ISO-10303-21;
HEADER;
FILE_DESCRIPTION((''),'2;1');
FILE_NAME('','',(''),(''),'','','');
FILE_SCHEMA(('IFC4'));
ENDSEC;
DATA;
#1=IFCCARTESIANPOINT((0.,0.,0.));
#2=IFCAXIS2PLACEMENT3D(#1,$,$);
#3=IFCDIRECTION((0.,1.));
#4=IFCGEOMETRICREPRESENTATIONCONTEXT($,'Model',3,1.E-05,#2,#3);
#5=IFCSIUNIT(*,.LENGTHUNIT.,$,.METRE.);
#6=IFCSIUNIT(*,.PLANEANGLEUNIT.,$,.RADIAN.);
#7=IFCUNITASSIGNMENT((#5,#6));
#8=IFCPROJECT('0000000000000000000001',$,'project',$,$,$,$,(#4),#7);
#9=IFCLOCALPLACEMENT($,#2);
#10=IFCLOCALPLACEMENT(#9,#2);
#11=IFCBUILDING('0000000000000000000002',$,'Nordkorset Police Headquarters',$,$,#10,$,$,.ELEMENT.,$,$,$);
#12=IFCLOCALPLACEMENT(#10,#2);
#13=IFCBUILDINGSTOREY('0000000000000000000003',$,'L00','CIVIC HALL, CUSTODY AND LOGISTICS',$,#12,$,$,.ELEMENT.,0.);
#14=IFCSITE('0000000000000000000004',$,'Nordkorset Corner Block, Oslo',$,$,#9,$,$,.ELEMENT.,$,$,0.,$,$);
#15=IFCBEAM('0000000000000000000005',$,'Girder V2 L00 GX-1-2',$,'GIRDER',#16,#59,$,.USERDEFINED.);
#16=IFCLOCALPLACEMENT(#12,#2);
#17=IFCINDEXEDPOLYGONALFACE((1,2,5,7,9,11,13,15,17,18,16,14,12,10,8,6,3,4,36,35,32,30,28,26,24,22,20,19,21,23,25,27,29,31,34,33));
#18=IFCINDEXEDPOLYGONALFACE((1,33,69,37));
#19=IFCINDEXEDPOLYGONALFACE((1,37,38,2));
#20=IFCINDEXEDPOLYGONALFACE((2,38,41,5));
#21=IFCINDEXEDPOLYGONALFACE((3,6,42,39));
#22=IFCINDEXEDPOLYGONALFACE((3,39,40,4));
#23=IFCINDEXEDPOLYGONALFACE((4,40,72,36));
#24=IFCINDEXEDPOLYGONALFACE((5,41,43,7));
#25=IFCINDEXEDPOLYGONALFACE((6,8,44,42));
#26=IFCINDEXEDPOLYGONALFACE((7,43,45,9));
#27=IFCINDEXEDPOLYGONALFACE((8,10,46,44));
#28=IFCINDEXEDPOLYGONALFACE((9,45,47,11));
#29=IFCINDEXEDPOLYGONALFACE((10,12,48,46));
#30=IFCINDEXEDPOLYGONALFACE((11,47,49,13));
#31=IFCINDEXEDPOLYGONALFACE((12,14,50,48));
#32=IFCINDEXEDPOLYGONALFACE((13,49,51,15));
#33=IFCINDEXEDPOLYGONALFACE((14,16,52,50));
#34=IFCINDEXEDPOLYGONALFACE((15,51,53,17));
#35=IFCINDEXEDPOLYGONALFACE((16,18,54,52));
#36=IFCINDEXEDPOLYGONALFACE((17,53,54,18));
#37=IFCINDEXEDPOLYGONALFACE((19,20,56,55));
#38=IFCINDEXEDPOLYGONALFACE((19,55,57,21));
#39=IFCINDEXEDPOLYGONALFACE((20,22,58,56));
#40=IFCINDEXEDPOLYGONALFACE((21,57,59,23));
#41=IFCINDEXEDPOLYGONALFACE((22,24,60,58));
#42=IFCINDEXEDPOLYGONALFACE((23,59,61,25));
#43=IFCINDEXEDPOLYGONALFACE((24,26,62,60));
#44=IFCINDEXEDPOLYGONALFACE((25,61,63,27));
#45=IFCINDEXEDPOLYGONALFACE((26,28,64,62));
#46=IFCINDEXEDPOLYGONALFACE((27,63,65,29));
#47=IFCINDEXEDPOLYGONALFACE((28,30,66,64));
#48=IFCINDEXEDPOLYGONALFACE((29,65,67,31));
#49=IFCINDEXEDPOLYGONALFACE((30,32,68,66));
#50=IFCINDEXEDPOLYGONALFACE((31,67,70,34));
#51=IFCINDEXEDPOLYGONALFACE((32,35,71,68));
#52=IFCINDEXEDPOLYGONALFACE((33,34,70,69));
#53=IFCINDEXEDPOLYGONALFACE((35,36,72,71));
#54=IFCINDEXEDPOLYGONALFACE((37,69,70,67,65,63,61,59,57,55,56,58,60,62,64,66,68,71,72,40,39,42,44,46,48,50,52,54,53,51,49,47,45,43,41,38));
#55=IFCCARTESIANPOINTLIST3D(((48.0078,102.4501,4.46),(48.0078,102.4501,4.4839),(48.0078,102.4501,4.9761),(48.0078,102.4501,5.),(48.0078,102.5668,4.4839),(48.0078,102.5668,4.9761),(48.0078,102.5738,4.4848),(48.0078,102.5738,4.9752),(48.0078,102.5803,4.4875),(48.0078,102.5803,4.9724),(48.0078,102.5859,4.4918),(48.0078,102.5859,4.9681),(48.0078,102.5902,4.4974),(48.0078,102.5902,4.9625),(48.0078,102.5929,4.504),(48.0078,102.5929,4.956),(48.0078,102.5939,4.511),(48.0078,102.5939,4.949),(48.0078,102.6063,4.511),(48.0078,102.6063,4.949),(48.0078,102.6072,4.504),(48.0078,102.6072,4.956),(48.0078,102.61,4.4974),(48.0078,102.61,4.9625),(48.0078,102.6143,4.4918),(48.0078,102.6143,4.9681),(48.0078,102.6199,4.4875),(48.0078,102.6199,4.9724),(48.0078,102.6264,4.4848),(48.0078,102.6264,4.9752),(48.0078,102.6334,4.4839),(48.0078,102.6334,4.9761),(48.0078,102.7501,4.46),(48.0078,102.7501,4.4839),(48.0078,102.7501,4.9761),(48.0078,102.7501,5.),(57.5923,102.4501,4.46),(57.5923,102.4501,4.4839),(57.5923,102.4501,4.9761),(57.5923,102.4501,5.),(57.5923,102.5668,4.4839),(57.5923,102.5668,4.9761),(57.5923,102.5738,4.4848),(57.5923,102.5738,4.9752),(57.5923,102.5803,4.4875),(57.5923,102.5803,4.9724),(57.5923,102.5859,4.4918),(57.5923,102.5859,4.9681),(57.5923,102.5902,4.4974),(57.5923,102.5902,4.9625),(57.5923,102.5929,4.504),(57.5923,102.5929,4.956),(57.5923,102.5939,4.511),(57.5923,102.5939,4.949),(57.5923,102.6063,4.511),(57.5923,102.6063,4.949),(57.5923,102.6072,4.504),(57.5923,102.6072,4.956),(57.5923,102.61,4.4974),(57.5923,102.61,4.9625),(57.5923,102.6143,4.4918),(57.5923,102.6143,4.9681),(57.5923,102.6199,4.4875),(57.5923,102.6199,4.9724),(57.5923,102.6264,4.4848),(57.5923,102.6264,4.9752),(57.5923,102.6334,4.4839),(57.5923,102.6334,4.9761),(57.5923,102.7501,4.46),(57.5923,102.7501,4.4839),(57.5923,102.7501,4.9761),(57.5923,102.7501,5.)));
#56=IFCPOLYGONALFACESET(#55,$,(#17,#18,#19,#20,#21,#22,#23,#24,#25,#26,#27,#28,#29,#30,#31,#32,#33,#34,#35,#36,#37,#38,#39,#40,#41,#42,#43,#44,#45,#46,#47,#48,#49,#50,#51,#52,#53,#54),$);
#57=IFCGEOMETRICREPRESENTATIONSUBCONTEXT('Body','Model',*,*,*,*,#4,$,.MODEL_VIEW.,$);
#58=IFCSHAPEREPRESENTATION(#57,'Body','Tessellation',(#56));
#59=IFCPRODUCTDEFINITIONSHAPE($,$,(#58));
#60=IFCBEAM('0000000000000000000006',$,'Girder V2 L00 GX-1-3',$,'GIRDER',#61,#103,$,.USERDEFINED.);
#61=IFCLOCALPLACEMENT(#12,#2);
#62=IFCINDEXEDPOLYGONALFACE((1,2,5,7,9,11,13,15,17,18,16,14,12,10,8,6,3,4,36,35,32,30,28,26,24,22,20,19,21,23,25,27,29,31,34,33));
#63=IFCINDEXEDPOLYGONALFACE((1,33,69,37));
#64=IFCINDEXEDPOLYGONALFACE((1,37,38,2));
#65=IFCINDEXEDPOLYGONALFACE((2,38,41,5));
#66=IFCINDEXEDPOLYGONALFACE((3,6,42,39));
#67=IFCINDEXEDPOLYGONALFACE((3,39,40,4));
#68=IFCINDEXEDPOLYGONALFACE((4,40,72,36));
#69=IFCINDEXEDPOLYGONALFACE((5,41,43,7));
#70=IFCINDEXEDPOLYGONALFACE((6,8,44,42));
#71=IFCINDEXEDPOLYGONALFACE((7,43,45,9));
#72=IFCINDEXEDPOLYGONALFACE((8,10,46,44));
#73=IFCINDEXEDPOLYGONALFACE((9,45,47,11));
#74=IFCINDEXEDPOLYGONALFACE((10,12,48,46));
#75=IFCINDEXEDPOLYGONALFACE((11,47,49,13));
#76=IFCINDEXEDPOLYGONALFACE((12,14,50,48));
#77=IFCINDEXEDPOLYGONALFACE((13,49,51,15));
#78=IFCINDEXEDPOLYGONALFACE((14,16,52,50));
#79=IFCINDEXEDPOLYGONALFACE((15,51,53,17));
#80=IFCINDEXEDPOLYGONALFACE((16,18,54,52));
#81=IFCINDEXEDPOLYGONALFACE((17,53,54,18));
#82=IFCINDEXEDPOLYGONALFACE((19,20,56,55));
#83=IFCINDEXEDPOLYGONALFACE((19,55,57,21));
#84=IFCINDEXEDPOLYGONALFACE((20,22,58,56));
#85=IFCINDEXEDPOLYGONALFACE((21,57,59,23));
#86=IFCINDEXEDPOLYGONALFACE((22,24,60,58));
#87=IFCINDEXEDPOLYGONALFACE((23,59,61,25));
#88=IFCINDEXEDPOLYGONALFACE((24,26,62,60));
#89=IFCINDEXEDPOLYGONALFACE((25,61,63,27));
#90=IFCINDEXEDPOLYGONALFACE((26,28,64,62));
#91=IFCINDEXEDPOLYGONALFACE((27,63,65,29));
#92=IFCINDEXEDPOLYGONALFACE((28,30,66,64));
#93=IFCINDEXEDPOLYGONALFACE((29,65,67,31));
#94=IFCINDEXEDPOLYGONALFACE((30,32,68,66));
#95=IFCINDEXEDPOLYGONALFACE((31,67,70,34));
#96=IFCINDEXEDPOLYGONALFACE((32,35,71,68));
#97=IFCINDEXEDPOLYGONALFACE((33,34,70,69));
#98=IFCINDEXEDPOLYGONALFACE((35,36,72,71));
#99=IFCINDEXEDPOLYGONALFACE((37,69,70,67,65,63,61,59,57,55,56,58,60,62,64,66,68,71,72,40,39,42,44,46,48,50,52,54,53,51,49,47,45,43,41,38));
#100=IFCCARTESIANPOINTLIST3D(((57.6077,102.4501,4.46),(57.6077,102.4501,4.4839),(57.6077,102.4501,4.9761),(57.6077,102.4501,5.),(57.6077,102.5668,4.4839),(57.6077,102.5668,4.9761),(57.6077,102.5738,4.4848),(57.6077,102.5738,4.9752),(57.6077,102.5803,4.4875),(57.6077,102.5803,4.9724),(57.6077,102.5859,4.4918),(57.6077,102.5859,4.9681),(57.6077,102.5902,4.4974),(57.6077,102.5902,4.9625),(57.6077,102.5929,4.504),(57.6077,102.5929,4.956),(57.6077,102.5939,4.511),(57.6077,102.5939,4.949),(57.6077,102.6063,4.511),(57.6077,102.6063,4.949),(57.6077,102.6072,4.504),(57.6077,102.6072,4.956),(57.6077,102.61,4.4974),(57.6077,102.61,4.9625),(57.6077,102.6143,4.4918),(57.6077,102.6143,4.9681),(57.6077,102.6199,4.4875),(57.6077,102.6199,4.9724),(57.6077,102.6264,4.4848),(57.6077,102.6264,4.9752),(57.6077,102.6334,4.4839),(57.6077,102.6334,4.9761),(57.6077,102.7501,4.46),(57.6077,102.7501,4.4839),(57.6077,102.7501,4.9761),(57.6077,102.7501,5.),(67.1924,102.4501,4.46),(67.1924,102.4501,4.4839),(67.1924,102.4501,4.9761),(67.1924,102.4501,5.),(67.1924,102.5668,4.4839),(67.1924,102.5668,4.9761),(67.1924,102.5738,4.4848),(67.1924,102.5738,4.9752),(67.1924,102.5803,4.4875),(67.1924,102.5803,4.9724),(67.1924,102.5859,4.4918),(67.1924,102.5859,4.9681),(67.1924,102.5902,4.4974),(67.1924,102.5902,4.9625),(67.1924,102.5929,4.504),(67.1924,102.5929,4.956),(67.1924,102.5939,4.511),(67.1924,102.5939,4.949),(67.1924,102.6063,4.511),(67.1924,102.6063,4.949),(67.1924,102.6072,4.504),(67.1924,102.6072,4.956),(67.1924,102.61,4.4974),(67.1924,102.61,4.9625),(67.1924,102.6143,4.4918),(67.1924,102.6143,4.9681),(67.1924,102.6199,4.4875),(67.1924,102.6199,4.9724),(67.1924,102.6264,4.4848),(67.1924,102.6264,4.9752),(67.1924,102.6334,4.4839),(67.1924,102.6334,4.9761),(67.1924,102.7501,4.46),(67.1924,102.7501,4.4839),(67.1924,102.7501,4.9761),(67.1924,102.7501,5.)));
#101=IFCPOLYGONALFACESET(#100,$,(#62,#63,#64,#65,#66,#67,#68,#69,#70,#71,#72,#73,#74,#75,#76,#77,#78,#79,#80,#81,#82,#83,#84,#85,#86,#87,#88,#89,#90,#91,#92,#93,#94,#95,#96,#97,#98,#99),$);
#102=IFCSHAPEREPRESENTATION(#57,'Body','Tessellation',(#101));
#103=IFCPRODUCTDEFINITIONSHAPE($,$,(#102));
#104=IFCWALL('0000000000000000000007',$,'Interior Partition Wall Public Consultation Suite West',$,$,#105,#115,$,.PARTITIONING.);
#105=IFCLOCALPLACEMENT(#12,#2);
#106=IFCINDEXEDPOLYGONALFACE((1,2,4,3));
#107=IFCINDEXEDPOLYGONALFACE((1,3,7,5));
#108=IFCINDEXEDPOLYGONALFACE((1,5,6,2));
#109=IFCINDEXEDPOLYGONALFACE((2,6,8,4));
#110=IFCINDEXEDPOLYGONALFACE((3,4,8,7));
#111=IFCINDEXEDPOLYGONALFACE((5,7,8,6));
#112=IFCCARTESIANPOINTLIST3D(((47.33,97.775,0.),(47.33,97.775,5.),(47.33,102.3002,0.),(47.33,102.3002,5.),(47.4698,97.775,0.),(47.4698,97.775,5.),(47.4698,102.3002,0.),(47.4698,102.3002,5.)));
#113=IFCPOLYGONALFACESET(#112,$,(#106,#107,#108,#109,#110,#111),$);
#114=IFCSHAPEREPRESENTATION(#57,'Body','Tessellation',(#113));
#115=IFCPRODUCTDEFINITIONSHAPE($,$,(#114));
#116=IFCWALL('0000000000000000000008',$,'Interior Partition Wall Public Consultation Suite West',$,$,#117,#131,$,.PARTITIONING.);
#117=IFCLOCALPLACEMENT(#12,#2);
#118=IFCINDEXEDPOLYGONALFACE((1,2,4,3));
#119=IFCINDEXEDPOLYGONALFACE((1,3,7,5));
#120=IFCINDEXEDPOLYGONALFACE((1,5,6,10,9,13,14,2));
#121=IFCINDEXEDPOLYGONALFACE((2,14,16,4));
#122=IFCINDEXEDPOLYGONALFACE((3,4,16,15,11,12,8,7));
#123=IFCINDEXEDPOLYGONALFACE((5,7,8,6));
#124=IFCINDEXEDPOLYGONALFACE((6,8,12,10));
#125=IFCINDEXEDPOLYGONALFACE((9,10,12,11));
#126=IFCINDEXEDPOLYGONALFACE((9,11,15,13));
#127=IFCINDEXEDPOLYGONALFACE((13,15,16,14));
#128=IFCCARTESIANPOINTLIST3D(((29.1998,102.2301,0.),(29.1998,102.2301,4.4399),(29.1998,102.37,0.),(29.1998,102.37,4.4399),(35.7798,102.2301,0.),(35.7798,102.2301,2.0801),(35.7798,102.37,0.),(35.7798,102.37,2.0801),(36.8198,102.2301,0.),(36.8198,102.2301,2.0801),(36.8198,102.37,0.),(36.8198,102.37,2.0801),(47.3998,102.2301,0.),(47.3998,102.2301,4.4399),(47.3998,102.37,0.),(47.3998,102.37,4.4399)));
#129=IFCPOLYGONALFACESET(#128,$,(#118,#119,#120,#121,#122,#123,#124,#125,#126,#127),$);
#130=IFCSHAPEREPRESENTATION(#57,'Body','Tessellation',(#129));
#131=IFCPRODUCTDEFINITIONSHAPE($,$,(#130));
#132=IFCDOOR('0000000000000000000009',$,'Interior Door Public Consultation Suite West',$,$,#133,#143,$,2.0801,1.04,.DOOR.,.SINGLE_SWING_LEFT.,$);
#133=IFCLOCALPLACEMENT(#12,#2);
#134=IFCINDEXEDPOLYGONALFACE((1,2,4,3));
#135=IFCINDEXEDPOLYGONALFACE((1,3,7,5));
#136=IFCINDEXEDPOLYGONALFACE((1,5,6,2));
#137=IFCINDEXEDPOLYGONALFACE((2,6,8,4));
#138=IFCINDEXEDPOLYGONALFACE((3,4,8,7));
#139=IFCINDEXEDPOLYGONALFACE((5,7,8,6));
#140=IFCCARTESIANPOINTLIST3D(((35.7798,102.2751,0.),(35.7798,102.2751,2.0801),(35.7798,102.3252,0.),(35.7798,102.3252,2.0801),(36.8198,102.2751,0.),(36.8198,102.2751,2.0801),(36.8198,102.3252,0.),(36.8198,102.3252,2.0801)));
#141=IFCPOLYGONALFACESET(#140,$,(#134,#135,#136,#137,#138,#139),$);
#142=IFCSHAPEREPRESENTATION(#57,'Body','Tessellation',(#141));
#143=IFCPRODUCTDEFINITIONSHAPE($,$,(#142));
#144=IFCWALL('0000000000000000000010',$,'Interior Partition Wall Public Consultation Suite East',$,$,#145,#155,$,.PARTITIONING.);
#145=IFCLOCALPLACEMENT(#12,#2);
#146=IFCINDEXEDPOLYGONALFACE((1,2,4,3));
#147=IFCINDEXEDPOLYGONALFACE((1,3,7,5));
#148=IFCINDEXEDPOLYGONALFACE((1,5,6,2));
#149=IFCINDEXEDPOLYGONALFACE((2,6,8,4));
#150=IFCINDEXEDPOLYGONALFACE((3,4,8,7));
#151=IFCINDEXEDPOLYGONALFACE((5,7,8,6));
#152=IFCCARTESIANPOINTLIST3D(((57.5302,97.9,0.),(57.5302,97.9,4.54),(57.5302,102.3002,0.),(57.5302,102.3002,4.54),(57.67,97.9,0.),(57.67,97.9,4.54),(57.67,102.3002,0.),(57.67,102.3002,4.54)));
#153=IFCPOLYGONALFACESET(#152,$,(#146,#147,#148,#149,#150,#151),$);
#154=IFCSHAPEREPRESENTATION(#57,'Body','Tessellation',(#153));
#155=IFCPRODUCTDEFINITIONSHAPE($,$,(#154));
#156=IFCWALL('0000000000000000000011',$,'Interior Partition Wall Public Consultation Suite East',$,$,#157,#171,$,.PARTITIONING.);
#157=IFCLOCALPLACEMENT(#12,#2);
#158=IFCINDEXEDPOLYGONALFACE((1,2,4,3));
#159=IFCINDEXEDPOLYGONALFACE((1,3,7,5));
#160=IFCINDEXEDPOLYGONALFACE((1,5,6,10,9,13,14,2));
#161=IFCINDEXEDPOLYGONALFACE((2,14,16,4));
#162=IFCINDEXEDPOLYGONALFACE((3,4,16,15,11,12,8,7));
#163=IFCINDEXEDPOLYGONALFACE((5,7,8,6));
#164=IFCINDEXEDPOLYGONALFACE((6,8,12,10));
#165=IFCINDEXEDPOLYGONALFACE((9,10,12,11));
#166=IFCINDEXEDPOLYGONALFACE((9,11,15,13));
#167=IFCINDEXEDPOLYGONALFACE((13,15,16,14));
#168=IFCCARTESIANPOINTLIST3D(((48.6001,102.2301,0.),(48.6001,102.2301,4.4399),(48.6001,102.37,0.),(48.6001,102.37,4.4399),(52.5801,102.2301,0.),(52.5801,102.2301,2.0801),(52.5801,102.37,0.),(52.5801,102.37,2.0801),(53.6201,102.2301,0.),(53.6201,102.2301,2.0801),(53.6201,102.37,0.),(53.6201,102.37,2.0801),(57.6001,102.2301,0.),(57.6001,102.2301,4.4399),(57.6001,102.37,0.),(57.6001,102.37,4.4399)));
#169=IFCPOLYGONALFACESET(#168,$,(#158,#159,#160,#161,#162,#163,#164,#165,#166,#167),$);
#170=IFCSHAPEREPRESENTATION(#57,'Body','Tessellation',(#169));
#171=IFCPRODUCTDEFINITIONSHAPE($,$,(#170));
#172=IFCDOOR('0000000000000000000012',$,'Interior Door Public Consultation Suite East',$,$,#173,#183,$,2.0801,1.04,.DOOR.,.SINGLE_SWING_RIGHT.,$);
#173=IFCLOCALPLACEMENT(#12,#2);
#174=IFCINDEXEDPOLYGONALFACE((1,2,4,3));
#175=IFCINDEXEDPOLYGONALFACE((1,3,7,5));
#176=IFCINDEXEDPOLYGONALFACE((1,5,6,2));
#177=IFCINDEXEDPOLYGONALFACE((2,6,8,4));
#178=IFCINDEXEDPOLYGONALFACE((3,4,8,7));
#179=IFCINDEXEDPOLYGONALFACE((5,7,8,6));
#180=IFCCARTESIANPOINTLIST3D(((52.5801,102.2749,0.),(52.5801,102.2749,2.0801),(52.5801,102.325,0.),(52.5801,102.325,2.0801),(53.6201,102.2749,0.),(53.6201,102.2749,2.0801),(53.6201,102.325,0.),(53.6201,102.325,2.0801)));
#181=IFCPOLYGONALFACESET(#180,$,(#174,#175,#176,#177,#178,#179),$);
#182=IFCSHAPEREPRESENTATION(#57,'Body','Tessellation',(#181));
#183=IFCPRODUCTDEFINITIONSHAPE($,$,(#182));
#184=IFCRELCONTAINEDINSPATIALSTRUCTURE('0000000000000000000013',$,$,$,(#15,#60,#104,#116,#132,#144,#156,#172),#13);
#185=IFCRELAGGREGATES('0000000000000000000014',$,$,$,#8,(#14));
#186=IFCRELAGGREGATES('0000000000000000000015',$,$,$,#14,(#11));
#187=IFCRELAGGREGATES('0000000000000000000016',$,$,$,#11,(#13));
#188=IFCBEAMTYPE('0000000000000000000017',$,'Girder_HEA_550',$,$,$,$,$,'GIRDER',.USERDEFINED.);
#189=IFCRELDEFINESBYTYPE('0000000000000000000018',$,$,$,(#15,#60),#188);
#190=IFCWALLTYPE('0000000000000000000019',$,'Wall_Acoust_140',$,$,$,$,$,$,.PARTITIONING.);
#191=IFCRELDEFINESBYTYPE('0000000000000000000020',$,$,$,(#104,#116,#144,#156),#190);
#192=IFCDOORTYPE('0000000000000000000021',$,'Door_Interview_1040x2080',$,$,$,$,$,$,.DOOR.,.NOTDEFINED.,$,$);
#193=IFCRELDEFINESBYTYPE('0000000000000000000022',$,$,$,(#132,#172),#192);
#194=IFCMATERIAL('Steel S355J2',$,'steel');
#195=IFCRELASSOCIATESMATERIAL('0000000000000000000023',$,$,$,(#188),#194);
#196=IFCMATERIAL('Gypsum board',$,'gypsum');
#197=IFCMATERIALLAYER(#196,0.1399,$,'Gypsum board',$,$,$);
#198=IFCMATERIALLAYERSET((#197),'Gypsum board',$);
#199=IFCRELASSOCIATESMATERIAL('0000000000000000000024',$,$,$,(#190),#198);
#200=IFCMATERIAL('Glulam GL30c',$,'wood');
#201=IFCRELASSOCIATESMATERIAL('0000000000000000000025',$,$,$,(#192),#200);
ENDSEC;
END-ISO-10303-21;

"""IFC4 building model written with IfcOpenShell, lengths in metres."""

from ifc_helpers import new_model, si_unit, direction, frame, frame_2d, origin, origin_2d, place, context, subcontext, project, spatial, rectangle, i_section, extrude, material, layer, layer_set, material_profile, profile_set, type_object, element, fill, save


model = new_model("IFC4")

# Units and contexts
model_context = context("Model", 3, precision=1e-05, world=origin(), true_north=direction((0.0, 1.0)))
body_context = subcontext(model_context, "Body", "Model", "MODEL_VIEW")
ifc_project = project(units=[si_unit("LENGTHUNIT", "METRE"), si_unit("PLANEANGLEUNIT", "RADIAN")], contexts=[model_context])

# Site, building, storey
site_placement = place(None, origin())
site = spatial("IfcSite", under=ifc_project, at=site_placement, Name="Nordkorset Corner Block, Oslo", CompositionType="ELEMENT", RefElevation=0.0)
building_placement = place(site_placement, origin())
building = spatial("IfcBuilding", under=site, at=building_placement, Name="Nordkorset Police Headquarters", CompositionType="ELEMENT")
storey_placement = place(building_placement, origin())
storey = spatial("IfcBuildingStorey", under=building, at=storey_placement, Name="L00", Description="CIVIC HALL, CUSTODY AND LOGISTICS", CompositionType="ELEMENT", Elevation=0.0)

# Beams
ifc_material_1 = material(Name="Steel S355J2", Category="steel")
ifc_material_profile_1 = material_profile(ifc_material_1, i_section(OverallWidth=0.3, OverallDepth=0.54, WebThickness=0.0125, FlangeThickness=0.0239, FilletRadius=0.0271, at=origin_2d()), Name="HEA 550")
ifc_profile_set_1 = profile_set([ifc_material_profile_1], Name="Steel S355J2")
beam_type_1 = type_object("IfcBeamType", Name="Girder_HEA_550", ElementType="GIRDER", PredefinedType="USERDEFINED", material=ifc_profile_set_1)
beam_1_placement = place(storey_placement, frame((48.0078, 102.6001, 4.73), z_axis=(1.0, 0.0, 0.0), x_axis=(0.0, 1.0, 0.0)))
element("IfcBeam", 1, at=beam_1_placement, inside=storey, type_object=beam_type_1, Name="Girder V2 L00 GX-1-2", ObjectType="GIRDER", PredefinedType="USERDEFINED", context=body_context, shape_type="SweptSolid", body=[
    extrude(i_section(OverallWidth=0.3, OverallDepth=0.54, WebThickness=0.0125, FlangeThickness=0.0239, FilletRadius=0.0271, at=origin_2d()), origin(), (0.0, 0.0, 1.0), 9.5845),
])
beam_2_placement = place(storey_placement, frame((57.6077, 102.6001, 4.73), z_axis=(1.0, 0.0, 0.0), x_axis=(0.0, 1.0, 0.0)))
element("IfcBeam", 2, at=beam_2_placement, inside=storey, type_object=beam_type_1, Name="Girder V2 L00 GX-1-3", ObjectType="GIRDER", PredefinedType="USERDEFINED", context=body_context, shape_type="SweptSolid", body=[
    extrude(i_section(OverallWidth=0.3, OverallDepth=0.54, WebThickness=0.0125, FlangeThickness=0.0239, FilletRadius=0.0271, at=origin_2d()), origin(), (0.0, 0.0, 1.0), 9.5847),
])

# Wall
ifc_material_2 = material(Name="Gypsum board", Category="gypsum")
ifc_layer_1 = layer(ifc_material_2, 0.1399, Name="Gypsum board")
ifc_layer_set_1 = layer_set([ifc_layer_1], Name="Gypsum board")
wall_type_1 = type_object("IfcWallType", Name="Wall_Acoust_140", PredefinedType="PARTITIONING", material=ifc_layer_set_1)
wall_1_placement = place(storey_placement, frame((47.3999, 97.7749, 0.0), z_axis=(0.0, 0.0, 1.0), x_axis=(0.0, 1.0, 0.0)))
element("IfcWall", 3, at=wall_1_placement, inside=storey, type_object=wall_type_1, Name="Interior Partition Wall Public Consultation Suite West", PredefinedType="PARTITIONING", context=body_context, shape_type="SweptSolid", body=[
    extrude(rectangle(XDim=4.5251, YDim=0.1399, at=frame_2d((2.2627, 0.0))), origin(), (0.0, 0.0, 1.0), 5.0),
])

# Wall, opening, door
wall_2_placement = place(storey_placement, frame((47.3999, 102.3, 0.0), z_axis=(0.0, 0.0, 1.0), x_axis=(-1.0, 0.0, 0.0)))
wall_2 = element("IfcWall", 4, at=wall_2_placement, inside=storey, type_object=wall_type_1, Name="Interior Partition Wall Public Consultation Suite West", PredefinedType="PARTITIONING", context=body_context, shape_type="SweptSolid", body=[
    extrude(rectangle(XDim=18.2, YDim=0.1399, at=frame_2d((9.1001, 0.0))), origin(), (0.0, 0.0, 1.0), 4.4399),
])
opening_1_placement = place(wall_2_placement, frame((10.5801, 0.0, 0.0)))
opening_1 = element("IfcOpeningElement", 5, at=opening_1_placement, cuts=wall_2, PredefinedType="OPENING", context=body_context, shape_type="SweptSolid", body=[
    extrude(rectangle(XDim=1.04, YDim=2.0801, at=frame_2d((0.52, 1.04))), frame((0.0, 0.0801, 0.0), z_axis=(0.0, -1.0, 0.0), x_axis=(1.0, 0.0, 0.0)), (0.0, 0.0, 1.0), 0.1599),
])
ifc_material_3 = material(Name="Glulam GL30c", Category="wood")
door_type_1 = type_object("IfcDoorType", Name="Door_Interview_1040x2080", OperationType="NOTDEFINED", PredefinedType="DOOR", material=ifc_material_3)
door_1_placement = place(opening_1_placement, origin())
door_1 = element("IfcDoor", 6, at=door_1_placement, inside=storey, type_object=door_type_1, Name="Interior Door Public Consultation Suite West", OperationType="SINGLE_SWING_LEFT", OverallHeight=2.0801, OverallWidth=1.04, PredefinedType="DOOR", context=body_context, shape_type="SweptSolid", body=[
    extrude(rectangle(XDim=1.04, YDim=2.0801, at=frame_2d((0.52, 1.04))), frame((0.0, 0.0249, 0.0), z_axis=(0.0, -1.0, 0.0), x_axis=(1.0, 0.0, 0.0)), (0.0, 0.0, 1.0), 0.05),
])
fill(opening_1, door_1)

# Wall
wall_3_placement = place(storey_placement, frame((57.6001, 97.8999, 0.0), z_axis=(0.0, 0.0, 1.0), x_axis=(0.0, 1.0, 0.0)))
element("IfcWall", 7, at=wall_3_placement, inside=storey, type_object=wall_type_1, Name="Interior Partition Wall Public Consultation Suite East", PredefinedType="PARTITIONING", context=body_context, shape_type="SweptSolid", body=[
    extrude(rectangle(XDim=4.4001, YDim=0.1399, at=frame_2d((2.2002, 0.0))), origin(), (0.0, 0.0, 1.0), 4.54),
])

# Wall, opening, door
wall_4_placement = place(storey_placement, frame((57.6001, 102.3, 0.0), z_axis=(0.0, 0.0, 1.0), x_axis=(-1.0, 0.0, 0.0)))
wall_4 = element("IfcWall", 8, at=wall_4_placement, inside=storey, type_object=wall_type_1, Name="Interior Partition Wall Public Consultation Suite East", PredefinedType="PARTITIONING", context=body_context, shape_type="SweptSolid", body=[
    extrude(rectangle(XDim=9.0, YDim=0.1399, at=frame_2d((4.5, 0.0))), origin(), (0.0, 0.0, 1.0), 4.4399),
])
opening_2_placement = place(wall_4_placement, frame((3.98, 0.0, 0.0)))
opening_2 = element("IfcOpeningElement", 9, at=opening_2_placement, cuts=wall_4, PredefinedType="OPENING", context=body_context, shape_type="SweptSolid", body=[
    extrude(rectangle(XDim=1.04, YDim=2.0801, at=frame_2d((0.52, 1.04))), frame((0.0, 0.0801, 0.0), z_axis=(0.0, -1.0, 0.0), x_axis=(1.0, 0.0, 0.0)), (0.0, 0.0, 1.0), 0.1599),
])
door_2_placement = place(opening_2_placement, frame((1.04, 0.0, 0.0), z_axis=(0.0, 0.0, 1.0), x_axis=(-1.0, 0.0, 0.0)))
door_2 = element("IfcDoor", 10, at=door_2_placement, inside=storey, type_object=door_type_1, Name="Interior Door Public Consultation Suite East", OperationType="SINGLE_SWING_RIGHT", OverallHeight=2.0801, OverallWidth=1.04, PredefinedType="DOOR", context=body_context, shape_type="SweptSolid", body=[
    extrude(rectangle(XDim=1.04, YDim=2.0801, at=frame_2d((0.52, 1.04))), frame((0.0, 0.0249, 0.0), z_axis=(0.0, -1.0, 0.0), x_axis=(1.0, 0.0, 0.0)), (0.0, 0.0, 1.0), 0.05),
])
fill(opening_2, door_2)

save(model, "model.ifc")
